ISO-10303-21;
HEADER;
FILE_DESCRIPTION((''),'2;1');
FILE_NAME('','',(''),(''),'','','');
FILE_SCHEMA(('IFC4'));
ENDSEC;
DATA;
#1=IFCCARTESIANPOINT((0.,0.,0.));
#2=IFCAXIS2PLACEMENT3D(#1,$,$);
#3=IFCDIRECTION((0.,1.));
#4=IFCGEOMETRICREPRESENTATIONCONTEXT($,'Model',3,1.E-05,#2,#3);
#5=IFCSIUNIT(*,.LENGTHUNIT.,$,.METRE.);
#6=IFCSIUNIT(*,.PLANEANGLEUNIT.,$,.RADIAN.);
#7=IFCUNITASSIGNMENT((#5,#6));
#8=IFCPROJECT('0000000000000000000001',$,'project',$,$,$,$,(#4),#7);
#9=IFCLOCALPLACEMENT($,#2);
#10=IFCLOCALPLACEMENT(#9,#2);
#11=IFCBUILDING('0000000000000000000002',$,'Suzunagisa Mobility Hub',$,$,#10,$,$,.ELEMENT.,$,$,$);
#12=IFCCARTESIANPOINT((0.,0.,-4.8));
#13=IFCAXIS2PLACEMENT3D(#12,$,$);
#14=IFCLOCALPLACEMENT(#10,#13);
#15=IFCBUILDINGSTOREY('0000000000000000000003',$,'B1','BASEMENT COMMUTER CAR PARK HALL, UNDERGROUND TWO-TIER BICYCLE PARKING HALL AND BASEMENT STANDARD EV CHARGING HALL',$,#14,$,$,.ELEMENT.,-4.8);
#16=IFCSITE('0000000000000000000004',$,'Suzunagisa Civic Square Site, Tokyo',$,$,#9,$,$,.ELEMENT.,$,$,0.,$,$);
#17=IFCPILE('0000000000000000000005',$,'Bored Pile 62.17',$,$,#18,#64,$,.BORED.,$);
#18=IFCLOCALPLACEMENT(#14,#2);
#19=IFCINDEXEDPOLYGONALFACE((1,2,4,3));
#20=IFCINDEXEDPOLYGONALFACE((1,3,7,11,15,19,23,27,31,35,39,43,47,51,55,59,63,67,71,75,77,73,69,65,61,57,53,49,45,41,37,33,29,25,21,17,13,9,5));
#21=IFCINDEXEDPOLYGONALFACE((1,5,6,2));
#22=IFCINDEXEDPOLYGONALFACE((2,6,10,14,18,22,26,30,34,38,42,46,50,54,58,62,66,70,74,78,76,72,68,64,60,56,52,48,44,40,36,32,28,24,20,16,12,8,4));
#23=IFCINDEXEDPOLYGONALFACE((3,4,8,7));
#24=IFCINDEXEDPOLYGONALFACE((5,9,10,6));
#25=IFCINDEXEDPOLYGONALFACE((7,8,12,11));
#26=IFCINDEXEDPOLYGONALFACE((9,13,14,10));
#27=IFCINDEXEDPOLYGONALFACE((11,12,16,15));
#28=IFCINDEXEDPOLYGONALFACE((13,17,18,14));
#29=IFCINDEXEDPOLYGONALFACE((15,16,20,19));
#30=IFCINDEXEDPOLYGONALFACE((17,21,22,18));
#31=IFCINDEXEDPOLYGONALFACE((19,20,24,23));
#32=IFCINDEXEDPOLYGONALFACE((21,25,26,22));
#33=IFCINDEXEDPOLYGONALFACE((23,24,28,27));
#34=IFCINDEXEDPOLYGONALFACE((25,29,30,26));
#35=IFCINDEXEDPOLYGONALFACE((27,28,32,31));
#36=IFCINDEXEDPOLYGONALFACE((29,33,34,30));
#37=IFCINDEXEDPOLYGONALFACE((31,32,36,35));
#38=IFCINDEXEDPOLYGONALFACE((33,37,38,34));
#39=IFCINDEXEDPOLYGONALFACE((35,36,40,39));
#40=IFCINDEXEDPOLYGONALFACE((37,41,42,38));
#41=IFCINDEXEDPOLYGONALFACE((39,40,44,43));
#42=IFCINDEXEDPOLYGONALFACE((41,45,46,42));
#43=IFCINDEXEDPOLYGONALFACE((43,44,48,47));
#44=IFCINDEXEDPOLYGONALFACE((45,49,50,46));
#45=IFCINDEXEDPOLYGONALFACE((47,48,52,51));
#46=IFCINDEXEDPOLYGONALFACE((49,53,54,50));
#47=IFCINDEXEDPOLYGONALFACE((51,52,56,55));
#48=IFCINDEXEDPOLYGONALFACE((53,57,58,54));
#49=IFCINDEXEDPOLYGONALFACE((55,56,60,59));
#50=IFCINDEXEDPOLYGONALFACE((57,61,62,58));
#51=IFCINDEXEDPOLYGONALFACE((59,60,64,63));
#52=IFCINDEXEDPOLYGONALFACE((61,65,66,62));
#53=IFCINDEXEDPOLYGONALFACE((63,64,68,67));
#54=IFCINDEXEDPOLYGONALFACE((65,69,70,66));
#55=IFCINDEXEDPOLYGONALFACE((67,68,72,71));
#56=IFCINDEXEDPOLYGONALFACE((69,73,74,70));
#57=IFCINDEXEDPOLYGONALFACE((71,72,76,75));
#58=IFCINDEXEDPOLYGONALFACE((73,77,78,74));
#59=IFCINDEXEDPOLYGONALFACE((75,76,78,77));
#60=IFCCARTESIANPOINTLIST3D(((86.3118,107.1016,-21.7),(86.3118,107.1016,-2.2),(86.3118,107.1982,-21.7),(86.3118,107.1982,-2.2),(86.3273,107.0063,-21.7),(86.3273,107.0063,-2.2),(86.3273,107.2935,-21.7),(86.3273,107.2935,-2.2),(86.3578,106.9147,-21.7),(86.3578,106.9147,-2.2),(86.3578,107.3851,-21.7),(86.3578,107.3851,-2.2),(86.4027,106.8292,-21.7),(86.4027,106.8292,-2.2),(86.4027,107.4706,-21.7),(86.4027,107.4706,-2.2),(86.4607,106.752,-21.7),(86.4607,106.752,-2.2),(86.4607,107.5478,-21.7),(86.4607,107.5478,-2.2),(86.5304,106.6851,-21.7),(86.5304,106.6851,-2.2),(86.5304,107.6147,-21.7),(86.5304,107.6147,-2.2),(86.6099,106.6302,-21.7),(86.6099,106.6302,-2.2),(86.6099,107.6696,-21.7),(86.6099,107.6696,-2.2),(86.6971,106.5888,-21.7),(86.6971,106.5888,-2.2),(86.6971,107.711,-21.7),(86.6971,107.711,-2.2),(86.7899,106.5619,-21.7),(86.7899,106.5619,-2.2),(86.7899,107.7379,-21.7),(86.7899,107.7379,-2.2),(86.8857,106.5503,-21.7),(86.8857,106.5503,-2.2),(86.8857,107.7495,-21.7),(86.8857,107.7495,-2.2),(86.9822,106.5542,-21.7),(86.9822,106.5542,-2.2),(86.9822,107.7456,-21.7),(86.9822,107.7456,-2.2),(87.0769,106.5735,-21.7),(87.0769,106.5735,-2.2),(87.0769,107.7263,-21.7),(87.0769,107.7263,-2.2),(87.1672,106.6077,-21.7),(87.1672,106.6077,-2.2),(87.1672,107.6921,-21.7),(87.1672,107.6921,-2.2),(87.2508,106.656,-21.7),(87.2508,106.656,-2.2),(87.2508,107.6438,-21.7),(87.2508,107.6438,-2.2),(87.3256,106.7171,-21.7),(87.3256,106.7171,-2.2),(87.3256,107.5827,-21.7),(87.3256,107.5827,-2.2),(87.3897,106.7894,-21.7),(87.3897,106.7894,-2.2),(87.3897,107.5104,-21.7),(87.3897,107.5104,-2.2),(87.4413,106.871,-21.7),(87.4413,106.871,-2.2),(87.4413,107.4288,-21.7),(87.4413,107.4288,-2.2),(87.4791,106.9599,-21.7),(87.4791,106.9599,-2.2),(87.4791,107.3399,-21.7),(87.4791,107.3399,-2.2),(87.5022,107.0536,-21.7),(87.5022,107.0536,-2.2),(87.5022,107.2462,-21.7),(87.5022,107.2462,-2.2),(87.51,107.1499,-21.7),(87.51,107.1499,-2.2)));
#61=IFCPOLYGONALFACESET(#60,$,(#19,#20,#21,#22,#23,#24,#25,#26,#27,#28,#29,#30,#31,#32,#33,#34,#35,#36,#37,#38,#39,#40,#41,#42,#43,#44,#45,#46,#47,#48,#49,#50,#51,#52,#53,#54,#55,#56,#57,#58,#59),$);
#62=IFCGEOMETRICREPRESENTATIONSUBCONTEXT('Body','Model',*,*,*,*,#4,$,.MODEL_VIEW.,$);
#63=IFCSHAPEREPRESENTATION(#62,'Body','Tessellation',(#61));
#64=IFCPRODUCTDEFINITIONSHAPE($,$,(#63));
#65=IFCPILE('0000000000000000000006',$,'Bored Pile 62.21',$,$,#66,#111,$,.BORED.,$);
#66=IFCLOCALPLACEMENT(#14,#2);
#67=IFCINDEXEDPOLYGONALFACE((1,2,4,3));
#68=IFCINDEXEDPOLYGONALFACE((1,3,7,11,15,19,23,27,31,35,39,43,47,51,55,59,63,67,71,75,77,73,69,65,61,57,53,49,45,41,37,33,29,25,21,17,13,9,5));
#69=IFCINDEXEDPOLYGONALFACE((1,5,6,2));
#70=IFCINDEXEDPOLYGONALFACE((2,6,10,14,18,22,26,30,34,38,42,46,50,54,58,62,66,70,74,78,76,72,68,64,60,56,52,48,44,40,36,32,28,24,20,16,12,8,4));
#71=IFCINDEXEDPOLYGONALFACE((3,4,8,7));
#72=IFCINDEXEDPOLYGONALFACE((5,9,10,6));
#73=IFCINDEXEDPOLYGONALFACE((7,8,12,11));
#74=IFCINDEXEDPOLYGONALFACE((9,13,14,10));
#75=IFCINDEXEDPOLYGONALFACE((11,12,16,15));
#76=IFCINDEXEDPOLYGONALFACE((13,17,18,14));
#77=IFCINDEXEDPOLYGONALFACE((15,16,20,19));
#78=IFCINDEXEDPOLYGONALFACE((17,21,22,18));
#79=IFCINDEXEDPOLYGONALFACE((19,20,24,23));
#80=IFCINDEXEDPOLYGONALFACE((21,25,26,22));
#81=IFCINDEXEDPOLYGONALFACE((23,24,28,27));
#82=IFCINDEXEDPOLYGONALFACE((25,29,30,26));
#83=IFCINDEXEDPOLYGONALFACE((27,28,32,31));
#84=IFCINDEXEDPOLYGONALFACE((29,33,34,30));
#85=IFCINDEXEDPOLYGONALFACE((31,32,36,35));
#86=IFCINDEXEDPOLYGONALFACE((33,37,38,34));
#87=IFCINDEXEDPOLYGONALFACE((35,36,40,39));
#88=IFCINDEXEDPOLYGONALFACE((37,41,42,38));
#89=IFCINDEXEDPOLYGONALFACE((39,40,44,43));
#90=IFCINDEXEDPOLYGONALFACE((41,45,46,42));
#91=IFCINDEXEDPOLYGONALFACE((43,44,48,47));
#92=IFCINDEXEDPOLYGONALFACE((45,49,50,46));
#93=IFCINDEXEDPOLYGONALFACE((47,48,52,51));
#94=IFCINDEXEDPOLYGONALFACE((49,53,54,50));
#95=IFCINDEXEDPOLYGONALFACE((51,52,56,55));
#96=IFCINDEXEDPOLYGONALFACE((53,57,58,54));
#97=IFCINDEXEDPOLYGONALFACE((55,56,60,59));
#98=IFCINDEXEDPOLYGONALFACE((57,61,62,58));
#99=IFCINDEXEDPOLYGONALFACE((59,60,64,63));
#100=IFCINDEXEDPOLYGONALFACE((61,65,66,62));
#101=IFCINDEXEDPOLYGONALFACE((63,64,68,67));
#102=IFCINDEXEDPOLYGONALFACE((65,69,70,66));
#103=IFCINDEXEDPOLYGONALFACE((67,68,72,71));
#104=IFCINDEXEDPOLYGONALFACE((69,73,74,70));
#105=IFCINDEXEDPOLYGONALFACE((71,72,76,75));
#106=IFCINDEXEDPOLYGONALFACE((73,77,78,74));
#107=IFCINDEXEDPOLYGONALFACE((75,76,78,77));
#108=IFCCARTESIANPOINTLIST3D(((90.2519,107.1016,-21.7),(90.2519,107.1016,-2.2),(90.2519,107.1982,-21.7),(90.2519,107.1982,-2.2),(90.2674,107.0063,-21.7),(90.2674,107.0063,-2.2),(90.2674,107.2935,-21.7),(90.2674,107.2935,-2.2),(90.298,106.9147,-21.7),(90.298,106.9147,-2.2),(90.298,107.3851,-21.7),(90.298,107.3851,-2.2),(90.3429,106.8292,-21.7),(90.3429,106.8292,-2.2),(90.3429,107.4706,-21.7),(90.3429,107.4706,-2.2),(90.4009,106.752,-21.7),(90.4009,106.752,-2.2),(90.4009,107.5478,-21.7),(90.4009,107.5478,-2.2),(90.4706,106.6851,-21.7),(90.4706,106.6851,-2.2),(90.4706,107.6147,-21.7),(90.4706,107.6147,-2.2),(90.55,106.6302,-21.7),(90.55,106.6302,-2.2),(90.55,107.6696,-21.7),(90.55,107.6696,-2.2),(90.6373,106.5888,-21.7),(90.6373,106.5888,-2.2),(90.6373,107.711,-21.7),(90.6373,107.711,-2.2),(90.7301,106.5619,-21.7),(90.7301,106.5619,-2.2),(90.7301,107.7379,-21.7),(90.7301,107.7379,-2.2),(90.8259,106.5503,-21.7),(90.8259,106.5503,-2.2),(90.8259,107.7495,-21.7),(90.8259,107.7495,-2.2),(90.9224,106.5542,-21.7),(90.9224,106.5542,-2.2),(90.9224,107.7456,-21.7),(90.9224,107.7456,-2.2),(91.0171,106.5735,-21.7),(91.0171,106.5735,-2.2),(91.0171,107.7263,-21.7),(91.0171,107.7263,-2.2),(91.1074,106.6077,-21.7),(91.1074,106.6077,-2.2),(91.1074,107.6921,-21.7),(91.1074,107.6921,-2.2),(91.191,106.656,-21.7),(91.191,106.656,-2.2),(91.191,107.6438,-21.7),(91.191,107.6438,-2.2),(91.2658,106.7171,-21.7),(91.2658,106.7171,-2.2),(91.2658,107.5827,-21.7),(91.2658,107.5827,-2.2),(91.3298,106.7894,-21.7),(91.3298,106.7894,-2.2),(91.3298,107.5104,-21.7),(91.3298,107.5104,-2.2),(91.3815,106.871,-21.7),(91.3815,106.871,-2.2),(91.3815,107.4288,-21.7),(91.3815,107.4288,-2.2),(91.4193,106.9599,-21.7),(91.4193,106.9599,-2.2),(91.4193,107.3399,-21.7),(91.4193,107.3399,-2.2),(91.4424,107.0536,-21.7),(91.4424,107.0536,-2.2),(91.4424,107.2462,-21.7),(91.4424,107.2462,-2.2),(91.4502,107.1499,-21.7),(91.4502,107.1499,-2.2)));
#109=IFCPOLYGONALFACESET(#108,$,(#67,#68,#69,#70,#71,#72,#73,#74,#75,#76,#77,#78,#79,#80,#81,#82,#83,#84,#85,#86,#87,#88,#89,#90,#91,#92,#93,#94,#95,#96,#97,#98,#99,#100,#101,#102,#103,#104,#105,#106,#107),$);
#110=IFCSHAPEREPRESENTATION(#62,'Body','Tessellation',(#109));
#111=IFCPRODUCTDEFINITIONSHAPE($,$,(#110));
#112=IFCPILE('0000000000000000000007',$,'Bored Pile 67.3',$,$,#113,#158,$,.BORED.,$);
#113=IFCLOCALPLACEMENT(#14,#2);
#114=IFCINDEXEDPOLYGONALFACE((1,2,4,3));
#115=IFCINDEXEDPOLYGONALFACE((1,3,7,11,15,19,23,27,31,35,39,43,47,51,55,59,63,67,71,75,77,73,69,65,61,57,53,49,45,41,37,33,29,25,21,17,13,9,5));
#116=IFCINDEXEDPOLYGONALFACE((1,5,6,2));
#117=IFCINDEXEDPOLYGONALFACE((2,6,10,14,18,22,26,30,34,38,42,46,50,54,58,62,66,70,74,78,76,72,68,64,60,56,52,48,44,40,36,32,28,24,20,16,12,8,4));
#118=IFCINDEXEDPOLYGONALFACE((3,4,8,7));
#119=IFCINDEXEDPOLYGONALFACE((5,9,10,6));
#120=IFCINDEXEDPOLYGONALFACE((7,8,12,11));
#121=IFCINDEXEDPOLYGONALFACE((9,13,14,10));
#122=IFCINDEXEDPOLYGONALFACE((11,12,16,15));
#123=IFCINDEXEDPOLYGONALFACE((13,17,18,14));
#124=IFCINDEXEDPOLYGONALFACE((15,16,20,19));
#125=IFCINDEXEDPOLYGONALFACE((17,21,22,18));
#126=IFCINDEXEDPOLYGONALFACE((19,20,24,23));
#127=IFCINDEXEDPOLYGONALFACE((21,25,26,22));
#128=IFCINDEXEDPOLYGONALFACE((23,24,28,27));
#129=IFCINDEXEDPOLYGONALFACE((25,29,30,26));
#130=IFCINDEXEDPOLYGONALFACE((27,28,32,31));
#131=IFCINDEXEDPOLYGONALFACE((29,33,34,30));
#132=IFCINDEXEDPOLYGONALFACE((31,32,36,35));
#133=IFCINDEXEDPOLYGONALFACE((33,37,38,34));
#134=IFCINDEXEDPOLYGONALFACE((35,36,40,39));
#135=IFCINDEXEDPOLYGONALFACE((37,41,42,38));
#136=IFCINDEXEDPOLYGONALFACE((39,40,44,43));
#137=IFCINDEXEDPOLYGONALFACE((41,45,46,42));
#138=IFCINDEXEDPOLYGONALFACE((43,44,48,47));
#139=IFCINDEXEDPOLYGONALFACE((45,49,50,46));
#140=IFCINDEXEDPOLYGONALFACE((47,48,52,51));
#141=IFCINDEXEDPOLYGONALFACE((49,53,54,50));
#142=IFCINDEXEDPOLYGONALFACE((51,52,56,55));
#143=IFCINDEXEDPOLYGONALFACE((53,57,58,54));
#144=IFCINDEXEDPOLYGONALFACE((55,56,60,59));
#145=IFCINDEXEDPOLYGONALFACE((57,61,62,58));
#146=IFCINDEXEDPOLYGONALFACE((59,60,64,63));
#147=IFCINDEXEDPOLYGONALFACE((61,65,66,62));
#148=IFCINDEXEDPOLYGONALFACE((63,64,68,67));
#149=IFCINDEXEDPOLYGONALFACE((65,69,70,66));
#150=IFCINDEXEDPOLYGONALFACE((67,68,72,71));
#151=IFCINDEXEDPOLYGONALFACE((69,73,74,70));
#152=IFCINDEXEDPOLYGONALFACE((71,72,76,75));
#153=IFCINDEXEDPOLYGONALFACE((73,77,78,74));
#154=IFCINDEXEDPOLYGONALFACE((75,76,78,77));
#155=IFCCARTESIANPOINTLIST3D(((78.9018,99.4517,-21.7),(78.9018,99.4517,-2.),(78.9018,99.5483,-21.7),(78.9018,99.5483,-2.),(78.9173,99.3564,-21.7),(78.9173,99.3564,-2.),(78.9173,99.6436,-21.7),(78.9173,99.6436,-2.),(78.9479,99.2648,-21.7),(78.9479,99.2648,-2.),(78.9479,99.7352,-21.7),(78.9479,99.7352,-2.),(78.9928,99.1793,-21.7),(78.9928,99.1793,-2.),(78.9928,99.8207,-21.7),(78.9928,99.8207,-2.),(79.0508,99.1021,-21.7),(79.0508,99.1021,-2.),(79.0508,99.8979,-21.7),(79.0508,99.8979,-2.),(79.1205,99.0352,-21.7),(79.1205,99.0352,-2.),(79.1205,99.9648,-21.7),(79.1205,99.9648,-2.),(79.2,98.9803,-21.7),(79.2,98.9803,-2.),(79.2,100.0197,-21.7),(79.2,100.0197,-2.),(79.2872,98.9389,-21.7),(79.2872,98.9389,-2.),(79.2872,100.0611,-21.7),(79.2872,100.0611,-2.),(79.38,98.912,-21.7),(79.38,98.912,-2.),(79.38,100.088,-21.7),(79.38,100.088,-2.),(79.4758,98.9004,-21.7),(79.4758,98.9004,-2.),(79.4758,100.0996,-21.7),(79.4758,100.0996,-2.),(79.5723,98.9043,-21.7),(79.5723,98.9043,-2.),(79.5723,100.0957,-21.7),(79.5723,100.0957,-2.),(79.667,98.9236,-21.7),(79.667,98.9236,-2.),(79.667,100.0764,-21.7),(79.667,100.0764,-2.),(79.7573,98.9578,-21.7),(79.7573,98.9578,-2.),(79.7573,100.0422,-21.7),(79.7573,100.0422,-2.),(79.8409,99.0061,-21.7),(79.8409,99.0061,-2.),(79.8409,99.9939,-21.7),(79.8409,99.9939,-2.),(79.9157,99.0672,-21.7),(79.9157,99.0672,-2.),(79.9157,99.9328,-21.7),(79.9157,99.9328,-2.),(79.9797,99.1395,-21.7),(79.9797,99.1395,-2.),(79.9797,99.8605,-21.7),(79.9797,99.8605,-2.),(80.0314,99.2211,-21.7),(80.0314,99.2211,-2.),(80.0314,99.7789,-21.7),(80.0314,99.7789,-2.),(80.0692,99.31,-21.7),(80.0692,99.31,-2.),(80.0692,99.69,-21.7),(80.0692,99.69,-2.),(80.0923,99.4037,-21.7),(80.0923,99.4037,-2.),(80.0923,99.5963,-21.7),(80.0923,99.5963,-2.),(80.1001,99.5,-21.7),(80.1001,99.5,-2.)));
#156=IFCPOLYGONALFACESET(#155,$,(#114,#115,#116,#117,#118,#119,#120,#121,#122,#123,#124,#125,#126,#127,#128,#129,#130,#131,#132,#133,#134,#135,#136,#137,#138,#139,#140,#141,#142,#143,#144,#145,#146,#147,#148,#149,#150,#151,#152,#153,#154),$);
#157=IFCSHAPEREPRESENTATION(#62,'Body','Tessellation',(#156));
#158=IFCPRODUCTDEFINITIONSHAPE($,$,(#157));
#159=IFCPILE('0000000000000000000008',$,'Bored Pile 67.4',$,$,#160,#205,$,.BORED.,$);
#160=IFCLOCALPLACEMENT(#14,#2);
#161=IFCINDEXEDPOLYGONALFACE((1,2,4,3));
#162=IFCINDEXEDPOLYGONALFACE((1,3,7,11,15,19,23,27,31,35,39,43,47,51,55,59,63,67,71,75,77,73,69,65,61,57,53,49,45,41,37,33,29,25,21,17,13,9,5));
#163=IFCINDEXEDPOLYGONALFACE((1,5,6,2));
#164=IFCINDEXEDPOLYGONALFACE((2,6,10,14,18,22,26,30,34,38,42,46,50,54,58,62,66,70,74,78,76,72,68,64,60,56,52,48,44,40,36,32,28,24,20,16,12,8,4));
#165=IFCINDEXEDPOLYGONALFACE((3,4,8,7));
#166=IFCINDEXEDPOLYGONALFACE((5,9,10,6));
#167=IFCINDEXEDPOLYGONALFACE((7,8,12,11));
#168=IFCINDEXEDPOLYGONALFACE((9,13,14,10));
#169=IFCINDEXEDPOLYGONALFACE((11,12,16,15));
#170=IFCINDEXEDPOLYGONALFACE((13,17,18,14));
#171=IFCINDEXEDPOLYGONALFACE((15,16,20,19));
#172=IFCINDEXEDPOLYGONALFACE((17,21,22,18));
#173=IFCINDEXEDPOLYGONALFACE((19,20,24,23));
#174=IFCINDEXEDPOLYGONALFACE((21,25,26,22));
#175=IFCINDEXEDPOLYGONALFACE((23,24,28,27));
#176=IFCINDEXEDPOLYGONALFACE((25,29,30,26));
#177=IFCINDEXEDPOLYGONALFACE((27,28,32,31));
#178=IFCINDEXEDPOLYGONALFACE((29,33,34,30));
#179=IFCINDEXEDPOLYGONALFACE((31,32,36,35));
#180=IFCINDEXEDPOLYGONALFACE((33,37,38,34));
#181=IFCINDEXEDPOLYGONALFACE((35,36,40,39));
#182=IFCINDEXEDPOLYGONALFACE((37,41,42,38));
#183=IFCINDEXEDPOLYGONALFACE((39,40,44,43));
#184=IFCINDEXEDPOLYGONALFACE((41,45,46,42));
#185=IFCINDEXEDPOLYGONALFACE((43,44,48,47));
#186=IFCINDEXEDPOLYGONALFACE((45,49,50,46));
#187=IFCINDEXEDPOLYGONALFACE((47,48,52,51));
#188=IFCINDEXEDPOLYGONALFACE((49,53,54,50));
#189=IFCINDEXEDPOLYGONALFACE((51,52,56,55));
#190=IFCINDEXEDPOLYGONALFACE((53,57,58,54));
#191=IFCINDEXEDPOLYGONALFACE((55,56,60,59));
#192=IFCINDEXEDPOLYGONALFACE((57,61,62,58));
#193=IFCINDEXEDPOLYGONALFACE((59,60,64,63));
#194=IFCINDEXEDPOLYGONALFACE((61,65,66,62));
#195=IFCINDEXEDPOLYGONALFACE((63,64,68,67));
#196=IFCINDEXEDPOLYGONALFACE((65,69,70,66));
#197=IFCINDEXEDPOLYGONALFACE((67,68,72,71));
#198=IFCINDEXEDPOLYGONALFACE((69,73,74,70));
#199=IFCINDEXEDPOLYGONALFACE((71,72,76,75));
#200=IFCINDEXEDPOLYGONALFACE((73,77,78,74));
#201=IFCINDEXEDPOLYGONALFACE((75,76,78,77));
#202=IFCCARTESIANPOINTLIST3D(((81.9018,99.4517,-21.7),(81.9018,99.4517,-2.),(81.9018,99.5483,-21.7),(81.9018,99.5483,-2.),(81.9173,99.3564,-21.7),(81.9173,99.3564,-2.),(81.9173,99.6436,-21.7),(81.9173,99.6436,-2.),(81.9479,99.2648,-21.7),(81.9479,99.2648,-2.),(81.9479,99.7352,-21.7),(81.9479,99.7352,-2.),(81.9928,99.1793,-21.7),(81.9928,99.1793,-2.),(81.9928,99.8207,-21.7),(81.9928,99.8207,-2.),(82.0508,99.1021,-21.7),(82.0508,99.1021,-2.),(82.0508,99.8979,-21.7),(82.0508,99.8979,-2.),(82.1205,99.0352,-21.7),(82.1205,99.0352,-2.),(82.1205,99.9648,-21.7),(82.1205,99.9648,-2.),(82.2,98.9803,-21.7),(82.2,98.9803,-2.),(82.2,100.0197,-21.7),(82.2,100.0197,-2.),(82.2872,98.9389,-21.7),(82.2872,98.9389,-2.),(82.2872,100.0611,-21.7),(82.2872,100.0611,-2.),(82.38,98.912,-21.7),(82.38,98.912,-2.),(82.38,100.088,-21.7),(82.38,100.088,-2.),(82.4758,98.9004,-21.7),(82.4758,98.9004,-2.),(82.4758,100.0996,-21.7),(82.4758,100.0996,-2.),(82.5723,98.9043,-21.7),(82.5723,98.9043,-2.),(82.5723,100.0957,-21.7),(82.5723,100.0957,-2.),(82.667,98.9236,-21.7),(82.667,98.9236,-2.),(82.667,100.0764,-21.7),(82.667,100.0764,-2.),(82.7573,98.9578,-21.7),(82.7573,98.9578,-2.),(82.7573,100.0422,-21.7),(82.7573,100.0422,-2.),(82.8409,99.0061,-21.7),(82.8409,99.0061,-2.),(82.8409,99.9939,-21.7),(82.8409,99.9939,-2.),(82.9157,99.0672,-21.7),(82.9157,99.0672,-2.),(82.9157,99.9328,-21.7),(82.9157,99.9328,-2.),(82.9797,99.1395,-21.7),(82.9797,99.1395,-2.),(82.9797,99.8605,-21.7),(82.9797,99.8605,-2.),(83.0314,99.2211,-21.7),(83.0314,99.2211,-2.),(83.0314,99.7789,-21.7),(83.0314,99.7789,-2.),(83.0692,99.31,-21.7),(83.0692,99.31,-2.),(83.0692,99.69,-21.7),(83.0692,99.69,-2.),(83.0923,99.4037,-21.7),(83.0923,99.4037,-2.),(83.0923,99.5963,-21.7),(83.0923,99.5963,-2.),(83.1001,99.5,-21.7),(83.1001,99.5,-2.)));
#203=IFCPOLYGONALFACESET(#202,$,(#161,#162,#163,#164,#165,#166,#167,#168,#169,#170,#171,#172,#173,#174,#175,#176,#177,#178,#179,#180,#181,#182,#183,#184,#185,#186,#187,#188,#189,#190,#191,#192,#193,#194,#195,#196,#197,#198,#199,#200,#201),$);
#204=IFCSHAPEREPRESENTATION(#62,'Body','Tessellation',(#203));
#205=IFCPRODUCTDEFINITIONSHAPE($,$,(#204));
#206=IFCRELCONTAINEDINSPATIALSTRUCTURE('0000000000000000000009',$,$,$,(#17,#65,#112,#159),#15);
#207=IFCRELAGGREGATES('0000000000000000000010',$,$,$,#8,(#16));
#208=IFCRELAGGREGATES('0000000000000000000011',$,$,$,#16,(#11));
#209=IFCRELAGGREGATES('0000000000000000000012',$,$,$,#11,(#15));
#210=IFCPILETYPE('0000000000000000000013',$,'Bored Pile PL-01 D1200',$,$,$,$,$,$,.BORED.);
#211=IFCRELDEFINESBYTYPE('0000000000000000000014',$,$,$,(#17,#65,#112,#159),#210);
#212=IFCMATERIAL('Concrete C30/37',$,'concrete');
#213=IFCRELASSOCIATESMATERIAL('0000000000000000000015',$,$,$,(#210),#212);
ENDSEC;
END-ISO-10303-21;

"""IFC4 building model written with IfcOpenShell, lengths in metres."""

from ifc_helpers import new_model, si_unit, direction, frame, origin, origin_2d, place, context, subcontext, project, spatial, circle, extrude, material, material_profile, profile_set, type_object, element, save


model = new_model("IFC4")

# Units and contexts
model_context = context("Model", 3, precision=1e-05, world=origin(), true_north=direction((0.0, 1.0)))
body_context = subcontext(model_context, "Body", "Model", "MODEL_VIEW")
ifc_project = project(units=[si_unit("LENGTHUNIT", "METRE"), si_unit("PLANEANGLEUNIT", "RADIAN")], contexts=[model_context])

# Site, building, storey
site_placement = place(None, origin())
site = spatial("IfcSite", under=ifc_project, at=site_placement, Name="Suzunagisa Civic Square Site, Tokyo", CompositionType="ELEMENT", RefElevation=0.0)
building_placement = place(site_placement, origin())
building = spatial("IfcBuilding", under=site, at=building_placement, Name="Suzunagisa Mobility Hub", CompositionType="ELEMENT")
storey_placement = place(building_placement, frame((0.0, 0.0, -4.8)))
storey = spatial("IfcBuildingStorey", under=building, at=storey_placement, Name="B1", Description="BASEMENT COMMUTER CAR PARK HALL, UNDERGROUND TWO-TIER BICYCLE PARKING HALL AND BASEMENT STANDARD EV CHARGING HALL", CompositionType="ELEMENT", Elevation=-4.8)

# Piles
ifc_material_1 = material(Name="Concrete C30/37", Category="concrete")
ifc_material_profile_1 = material_profile(ifc_material_1, circle(Radius=0.6001, at=origin_2d()), Name="BORED PILE D1200")
ifc_profile_set_1 = profile_set([ifc_material_profile_1], Name="Concrete C30/37")
pile_type = type_object("IfcPileType", Name="Bored Pile PL-01 D1200", PredefinedType="BORED", material=ifc_profile_set_1)
for number, where, z_axis, x_axis, name in (
    (1, (86.9099, 107.1499, -2.2), (0.0, 0.0, -1.0), (1.0, 0.0, 0.0), "Bored Pile 62.17"),
    (2, (90.8501, 107.1499, -2.2), (0.0, 0.0, -1.0), (1.0, 0.0, 0.0), "Bored Pile 62.21"),
):
    element("IfcPile", number, at=place(storey_placement, frame(where, z_axis=z_axis, x_axis=x_axis)), inside=storey, type_object=pile_type, Name=name, PredefinedType="BORED", context=body_context, shape_type="SweptSolid", body=[
        extrude(circle(Radius=0.6001, at=origin_2d()), origin(), (0.0, 0.0, 1.0), 19.5),
    ])
for number, where, z_axis, x_axis, name in (
    (3, (79.5, 99.5, -2.0), (0.0, 0.0, -1.0), (1.0, 0.0, 0.0), "Bored Pile 67.3"),
    (4, (82.5, 99.5, -2.0), (0.0, 0.0, -1.0), (1.0, 0.0, 0.0), "Bored Pile 67.4"),
):
    element("IfcPile", number, at=place(storey_placement, frame(where, z_axis=z_axis, x_axis=x_axis)), inside=storey, type_object=pile_type, Name=name, PredefinedType="BORED", context=body_context, shape_type="SweptSolid", body=[
        extrude(circle(Radius=0.6001, at=origin_2d()), origin(), (0.0, 0.0, 1.0), 19.7),
    ])

save(model, "model.ifc")
